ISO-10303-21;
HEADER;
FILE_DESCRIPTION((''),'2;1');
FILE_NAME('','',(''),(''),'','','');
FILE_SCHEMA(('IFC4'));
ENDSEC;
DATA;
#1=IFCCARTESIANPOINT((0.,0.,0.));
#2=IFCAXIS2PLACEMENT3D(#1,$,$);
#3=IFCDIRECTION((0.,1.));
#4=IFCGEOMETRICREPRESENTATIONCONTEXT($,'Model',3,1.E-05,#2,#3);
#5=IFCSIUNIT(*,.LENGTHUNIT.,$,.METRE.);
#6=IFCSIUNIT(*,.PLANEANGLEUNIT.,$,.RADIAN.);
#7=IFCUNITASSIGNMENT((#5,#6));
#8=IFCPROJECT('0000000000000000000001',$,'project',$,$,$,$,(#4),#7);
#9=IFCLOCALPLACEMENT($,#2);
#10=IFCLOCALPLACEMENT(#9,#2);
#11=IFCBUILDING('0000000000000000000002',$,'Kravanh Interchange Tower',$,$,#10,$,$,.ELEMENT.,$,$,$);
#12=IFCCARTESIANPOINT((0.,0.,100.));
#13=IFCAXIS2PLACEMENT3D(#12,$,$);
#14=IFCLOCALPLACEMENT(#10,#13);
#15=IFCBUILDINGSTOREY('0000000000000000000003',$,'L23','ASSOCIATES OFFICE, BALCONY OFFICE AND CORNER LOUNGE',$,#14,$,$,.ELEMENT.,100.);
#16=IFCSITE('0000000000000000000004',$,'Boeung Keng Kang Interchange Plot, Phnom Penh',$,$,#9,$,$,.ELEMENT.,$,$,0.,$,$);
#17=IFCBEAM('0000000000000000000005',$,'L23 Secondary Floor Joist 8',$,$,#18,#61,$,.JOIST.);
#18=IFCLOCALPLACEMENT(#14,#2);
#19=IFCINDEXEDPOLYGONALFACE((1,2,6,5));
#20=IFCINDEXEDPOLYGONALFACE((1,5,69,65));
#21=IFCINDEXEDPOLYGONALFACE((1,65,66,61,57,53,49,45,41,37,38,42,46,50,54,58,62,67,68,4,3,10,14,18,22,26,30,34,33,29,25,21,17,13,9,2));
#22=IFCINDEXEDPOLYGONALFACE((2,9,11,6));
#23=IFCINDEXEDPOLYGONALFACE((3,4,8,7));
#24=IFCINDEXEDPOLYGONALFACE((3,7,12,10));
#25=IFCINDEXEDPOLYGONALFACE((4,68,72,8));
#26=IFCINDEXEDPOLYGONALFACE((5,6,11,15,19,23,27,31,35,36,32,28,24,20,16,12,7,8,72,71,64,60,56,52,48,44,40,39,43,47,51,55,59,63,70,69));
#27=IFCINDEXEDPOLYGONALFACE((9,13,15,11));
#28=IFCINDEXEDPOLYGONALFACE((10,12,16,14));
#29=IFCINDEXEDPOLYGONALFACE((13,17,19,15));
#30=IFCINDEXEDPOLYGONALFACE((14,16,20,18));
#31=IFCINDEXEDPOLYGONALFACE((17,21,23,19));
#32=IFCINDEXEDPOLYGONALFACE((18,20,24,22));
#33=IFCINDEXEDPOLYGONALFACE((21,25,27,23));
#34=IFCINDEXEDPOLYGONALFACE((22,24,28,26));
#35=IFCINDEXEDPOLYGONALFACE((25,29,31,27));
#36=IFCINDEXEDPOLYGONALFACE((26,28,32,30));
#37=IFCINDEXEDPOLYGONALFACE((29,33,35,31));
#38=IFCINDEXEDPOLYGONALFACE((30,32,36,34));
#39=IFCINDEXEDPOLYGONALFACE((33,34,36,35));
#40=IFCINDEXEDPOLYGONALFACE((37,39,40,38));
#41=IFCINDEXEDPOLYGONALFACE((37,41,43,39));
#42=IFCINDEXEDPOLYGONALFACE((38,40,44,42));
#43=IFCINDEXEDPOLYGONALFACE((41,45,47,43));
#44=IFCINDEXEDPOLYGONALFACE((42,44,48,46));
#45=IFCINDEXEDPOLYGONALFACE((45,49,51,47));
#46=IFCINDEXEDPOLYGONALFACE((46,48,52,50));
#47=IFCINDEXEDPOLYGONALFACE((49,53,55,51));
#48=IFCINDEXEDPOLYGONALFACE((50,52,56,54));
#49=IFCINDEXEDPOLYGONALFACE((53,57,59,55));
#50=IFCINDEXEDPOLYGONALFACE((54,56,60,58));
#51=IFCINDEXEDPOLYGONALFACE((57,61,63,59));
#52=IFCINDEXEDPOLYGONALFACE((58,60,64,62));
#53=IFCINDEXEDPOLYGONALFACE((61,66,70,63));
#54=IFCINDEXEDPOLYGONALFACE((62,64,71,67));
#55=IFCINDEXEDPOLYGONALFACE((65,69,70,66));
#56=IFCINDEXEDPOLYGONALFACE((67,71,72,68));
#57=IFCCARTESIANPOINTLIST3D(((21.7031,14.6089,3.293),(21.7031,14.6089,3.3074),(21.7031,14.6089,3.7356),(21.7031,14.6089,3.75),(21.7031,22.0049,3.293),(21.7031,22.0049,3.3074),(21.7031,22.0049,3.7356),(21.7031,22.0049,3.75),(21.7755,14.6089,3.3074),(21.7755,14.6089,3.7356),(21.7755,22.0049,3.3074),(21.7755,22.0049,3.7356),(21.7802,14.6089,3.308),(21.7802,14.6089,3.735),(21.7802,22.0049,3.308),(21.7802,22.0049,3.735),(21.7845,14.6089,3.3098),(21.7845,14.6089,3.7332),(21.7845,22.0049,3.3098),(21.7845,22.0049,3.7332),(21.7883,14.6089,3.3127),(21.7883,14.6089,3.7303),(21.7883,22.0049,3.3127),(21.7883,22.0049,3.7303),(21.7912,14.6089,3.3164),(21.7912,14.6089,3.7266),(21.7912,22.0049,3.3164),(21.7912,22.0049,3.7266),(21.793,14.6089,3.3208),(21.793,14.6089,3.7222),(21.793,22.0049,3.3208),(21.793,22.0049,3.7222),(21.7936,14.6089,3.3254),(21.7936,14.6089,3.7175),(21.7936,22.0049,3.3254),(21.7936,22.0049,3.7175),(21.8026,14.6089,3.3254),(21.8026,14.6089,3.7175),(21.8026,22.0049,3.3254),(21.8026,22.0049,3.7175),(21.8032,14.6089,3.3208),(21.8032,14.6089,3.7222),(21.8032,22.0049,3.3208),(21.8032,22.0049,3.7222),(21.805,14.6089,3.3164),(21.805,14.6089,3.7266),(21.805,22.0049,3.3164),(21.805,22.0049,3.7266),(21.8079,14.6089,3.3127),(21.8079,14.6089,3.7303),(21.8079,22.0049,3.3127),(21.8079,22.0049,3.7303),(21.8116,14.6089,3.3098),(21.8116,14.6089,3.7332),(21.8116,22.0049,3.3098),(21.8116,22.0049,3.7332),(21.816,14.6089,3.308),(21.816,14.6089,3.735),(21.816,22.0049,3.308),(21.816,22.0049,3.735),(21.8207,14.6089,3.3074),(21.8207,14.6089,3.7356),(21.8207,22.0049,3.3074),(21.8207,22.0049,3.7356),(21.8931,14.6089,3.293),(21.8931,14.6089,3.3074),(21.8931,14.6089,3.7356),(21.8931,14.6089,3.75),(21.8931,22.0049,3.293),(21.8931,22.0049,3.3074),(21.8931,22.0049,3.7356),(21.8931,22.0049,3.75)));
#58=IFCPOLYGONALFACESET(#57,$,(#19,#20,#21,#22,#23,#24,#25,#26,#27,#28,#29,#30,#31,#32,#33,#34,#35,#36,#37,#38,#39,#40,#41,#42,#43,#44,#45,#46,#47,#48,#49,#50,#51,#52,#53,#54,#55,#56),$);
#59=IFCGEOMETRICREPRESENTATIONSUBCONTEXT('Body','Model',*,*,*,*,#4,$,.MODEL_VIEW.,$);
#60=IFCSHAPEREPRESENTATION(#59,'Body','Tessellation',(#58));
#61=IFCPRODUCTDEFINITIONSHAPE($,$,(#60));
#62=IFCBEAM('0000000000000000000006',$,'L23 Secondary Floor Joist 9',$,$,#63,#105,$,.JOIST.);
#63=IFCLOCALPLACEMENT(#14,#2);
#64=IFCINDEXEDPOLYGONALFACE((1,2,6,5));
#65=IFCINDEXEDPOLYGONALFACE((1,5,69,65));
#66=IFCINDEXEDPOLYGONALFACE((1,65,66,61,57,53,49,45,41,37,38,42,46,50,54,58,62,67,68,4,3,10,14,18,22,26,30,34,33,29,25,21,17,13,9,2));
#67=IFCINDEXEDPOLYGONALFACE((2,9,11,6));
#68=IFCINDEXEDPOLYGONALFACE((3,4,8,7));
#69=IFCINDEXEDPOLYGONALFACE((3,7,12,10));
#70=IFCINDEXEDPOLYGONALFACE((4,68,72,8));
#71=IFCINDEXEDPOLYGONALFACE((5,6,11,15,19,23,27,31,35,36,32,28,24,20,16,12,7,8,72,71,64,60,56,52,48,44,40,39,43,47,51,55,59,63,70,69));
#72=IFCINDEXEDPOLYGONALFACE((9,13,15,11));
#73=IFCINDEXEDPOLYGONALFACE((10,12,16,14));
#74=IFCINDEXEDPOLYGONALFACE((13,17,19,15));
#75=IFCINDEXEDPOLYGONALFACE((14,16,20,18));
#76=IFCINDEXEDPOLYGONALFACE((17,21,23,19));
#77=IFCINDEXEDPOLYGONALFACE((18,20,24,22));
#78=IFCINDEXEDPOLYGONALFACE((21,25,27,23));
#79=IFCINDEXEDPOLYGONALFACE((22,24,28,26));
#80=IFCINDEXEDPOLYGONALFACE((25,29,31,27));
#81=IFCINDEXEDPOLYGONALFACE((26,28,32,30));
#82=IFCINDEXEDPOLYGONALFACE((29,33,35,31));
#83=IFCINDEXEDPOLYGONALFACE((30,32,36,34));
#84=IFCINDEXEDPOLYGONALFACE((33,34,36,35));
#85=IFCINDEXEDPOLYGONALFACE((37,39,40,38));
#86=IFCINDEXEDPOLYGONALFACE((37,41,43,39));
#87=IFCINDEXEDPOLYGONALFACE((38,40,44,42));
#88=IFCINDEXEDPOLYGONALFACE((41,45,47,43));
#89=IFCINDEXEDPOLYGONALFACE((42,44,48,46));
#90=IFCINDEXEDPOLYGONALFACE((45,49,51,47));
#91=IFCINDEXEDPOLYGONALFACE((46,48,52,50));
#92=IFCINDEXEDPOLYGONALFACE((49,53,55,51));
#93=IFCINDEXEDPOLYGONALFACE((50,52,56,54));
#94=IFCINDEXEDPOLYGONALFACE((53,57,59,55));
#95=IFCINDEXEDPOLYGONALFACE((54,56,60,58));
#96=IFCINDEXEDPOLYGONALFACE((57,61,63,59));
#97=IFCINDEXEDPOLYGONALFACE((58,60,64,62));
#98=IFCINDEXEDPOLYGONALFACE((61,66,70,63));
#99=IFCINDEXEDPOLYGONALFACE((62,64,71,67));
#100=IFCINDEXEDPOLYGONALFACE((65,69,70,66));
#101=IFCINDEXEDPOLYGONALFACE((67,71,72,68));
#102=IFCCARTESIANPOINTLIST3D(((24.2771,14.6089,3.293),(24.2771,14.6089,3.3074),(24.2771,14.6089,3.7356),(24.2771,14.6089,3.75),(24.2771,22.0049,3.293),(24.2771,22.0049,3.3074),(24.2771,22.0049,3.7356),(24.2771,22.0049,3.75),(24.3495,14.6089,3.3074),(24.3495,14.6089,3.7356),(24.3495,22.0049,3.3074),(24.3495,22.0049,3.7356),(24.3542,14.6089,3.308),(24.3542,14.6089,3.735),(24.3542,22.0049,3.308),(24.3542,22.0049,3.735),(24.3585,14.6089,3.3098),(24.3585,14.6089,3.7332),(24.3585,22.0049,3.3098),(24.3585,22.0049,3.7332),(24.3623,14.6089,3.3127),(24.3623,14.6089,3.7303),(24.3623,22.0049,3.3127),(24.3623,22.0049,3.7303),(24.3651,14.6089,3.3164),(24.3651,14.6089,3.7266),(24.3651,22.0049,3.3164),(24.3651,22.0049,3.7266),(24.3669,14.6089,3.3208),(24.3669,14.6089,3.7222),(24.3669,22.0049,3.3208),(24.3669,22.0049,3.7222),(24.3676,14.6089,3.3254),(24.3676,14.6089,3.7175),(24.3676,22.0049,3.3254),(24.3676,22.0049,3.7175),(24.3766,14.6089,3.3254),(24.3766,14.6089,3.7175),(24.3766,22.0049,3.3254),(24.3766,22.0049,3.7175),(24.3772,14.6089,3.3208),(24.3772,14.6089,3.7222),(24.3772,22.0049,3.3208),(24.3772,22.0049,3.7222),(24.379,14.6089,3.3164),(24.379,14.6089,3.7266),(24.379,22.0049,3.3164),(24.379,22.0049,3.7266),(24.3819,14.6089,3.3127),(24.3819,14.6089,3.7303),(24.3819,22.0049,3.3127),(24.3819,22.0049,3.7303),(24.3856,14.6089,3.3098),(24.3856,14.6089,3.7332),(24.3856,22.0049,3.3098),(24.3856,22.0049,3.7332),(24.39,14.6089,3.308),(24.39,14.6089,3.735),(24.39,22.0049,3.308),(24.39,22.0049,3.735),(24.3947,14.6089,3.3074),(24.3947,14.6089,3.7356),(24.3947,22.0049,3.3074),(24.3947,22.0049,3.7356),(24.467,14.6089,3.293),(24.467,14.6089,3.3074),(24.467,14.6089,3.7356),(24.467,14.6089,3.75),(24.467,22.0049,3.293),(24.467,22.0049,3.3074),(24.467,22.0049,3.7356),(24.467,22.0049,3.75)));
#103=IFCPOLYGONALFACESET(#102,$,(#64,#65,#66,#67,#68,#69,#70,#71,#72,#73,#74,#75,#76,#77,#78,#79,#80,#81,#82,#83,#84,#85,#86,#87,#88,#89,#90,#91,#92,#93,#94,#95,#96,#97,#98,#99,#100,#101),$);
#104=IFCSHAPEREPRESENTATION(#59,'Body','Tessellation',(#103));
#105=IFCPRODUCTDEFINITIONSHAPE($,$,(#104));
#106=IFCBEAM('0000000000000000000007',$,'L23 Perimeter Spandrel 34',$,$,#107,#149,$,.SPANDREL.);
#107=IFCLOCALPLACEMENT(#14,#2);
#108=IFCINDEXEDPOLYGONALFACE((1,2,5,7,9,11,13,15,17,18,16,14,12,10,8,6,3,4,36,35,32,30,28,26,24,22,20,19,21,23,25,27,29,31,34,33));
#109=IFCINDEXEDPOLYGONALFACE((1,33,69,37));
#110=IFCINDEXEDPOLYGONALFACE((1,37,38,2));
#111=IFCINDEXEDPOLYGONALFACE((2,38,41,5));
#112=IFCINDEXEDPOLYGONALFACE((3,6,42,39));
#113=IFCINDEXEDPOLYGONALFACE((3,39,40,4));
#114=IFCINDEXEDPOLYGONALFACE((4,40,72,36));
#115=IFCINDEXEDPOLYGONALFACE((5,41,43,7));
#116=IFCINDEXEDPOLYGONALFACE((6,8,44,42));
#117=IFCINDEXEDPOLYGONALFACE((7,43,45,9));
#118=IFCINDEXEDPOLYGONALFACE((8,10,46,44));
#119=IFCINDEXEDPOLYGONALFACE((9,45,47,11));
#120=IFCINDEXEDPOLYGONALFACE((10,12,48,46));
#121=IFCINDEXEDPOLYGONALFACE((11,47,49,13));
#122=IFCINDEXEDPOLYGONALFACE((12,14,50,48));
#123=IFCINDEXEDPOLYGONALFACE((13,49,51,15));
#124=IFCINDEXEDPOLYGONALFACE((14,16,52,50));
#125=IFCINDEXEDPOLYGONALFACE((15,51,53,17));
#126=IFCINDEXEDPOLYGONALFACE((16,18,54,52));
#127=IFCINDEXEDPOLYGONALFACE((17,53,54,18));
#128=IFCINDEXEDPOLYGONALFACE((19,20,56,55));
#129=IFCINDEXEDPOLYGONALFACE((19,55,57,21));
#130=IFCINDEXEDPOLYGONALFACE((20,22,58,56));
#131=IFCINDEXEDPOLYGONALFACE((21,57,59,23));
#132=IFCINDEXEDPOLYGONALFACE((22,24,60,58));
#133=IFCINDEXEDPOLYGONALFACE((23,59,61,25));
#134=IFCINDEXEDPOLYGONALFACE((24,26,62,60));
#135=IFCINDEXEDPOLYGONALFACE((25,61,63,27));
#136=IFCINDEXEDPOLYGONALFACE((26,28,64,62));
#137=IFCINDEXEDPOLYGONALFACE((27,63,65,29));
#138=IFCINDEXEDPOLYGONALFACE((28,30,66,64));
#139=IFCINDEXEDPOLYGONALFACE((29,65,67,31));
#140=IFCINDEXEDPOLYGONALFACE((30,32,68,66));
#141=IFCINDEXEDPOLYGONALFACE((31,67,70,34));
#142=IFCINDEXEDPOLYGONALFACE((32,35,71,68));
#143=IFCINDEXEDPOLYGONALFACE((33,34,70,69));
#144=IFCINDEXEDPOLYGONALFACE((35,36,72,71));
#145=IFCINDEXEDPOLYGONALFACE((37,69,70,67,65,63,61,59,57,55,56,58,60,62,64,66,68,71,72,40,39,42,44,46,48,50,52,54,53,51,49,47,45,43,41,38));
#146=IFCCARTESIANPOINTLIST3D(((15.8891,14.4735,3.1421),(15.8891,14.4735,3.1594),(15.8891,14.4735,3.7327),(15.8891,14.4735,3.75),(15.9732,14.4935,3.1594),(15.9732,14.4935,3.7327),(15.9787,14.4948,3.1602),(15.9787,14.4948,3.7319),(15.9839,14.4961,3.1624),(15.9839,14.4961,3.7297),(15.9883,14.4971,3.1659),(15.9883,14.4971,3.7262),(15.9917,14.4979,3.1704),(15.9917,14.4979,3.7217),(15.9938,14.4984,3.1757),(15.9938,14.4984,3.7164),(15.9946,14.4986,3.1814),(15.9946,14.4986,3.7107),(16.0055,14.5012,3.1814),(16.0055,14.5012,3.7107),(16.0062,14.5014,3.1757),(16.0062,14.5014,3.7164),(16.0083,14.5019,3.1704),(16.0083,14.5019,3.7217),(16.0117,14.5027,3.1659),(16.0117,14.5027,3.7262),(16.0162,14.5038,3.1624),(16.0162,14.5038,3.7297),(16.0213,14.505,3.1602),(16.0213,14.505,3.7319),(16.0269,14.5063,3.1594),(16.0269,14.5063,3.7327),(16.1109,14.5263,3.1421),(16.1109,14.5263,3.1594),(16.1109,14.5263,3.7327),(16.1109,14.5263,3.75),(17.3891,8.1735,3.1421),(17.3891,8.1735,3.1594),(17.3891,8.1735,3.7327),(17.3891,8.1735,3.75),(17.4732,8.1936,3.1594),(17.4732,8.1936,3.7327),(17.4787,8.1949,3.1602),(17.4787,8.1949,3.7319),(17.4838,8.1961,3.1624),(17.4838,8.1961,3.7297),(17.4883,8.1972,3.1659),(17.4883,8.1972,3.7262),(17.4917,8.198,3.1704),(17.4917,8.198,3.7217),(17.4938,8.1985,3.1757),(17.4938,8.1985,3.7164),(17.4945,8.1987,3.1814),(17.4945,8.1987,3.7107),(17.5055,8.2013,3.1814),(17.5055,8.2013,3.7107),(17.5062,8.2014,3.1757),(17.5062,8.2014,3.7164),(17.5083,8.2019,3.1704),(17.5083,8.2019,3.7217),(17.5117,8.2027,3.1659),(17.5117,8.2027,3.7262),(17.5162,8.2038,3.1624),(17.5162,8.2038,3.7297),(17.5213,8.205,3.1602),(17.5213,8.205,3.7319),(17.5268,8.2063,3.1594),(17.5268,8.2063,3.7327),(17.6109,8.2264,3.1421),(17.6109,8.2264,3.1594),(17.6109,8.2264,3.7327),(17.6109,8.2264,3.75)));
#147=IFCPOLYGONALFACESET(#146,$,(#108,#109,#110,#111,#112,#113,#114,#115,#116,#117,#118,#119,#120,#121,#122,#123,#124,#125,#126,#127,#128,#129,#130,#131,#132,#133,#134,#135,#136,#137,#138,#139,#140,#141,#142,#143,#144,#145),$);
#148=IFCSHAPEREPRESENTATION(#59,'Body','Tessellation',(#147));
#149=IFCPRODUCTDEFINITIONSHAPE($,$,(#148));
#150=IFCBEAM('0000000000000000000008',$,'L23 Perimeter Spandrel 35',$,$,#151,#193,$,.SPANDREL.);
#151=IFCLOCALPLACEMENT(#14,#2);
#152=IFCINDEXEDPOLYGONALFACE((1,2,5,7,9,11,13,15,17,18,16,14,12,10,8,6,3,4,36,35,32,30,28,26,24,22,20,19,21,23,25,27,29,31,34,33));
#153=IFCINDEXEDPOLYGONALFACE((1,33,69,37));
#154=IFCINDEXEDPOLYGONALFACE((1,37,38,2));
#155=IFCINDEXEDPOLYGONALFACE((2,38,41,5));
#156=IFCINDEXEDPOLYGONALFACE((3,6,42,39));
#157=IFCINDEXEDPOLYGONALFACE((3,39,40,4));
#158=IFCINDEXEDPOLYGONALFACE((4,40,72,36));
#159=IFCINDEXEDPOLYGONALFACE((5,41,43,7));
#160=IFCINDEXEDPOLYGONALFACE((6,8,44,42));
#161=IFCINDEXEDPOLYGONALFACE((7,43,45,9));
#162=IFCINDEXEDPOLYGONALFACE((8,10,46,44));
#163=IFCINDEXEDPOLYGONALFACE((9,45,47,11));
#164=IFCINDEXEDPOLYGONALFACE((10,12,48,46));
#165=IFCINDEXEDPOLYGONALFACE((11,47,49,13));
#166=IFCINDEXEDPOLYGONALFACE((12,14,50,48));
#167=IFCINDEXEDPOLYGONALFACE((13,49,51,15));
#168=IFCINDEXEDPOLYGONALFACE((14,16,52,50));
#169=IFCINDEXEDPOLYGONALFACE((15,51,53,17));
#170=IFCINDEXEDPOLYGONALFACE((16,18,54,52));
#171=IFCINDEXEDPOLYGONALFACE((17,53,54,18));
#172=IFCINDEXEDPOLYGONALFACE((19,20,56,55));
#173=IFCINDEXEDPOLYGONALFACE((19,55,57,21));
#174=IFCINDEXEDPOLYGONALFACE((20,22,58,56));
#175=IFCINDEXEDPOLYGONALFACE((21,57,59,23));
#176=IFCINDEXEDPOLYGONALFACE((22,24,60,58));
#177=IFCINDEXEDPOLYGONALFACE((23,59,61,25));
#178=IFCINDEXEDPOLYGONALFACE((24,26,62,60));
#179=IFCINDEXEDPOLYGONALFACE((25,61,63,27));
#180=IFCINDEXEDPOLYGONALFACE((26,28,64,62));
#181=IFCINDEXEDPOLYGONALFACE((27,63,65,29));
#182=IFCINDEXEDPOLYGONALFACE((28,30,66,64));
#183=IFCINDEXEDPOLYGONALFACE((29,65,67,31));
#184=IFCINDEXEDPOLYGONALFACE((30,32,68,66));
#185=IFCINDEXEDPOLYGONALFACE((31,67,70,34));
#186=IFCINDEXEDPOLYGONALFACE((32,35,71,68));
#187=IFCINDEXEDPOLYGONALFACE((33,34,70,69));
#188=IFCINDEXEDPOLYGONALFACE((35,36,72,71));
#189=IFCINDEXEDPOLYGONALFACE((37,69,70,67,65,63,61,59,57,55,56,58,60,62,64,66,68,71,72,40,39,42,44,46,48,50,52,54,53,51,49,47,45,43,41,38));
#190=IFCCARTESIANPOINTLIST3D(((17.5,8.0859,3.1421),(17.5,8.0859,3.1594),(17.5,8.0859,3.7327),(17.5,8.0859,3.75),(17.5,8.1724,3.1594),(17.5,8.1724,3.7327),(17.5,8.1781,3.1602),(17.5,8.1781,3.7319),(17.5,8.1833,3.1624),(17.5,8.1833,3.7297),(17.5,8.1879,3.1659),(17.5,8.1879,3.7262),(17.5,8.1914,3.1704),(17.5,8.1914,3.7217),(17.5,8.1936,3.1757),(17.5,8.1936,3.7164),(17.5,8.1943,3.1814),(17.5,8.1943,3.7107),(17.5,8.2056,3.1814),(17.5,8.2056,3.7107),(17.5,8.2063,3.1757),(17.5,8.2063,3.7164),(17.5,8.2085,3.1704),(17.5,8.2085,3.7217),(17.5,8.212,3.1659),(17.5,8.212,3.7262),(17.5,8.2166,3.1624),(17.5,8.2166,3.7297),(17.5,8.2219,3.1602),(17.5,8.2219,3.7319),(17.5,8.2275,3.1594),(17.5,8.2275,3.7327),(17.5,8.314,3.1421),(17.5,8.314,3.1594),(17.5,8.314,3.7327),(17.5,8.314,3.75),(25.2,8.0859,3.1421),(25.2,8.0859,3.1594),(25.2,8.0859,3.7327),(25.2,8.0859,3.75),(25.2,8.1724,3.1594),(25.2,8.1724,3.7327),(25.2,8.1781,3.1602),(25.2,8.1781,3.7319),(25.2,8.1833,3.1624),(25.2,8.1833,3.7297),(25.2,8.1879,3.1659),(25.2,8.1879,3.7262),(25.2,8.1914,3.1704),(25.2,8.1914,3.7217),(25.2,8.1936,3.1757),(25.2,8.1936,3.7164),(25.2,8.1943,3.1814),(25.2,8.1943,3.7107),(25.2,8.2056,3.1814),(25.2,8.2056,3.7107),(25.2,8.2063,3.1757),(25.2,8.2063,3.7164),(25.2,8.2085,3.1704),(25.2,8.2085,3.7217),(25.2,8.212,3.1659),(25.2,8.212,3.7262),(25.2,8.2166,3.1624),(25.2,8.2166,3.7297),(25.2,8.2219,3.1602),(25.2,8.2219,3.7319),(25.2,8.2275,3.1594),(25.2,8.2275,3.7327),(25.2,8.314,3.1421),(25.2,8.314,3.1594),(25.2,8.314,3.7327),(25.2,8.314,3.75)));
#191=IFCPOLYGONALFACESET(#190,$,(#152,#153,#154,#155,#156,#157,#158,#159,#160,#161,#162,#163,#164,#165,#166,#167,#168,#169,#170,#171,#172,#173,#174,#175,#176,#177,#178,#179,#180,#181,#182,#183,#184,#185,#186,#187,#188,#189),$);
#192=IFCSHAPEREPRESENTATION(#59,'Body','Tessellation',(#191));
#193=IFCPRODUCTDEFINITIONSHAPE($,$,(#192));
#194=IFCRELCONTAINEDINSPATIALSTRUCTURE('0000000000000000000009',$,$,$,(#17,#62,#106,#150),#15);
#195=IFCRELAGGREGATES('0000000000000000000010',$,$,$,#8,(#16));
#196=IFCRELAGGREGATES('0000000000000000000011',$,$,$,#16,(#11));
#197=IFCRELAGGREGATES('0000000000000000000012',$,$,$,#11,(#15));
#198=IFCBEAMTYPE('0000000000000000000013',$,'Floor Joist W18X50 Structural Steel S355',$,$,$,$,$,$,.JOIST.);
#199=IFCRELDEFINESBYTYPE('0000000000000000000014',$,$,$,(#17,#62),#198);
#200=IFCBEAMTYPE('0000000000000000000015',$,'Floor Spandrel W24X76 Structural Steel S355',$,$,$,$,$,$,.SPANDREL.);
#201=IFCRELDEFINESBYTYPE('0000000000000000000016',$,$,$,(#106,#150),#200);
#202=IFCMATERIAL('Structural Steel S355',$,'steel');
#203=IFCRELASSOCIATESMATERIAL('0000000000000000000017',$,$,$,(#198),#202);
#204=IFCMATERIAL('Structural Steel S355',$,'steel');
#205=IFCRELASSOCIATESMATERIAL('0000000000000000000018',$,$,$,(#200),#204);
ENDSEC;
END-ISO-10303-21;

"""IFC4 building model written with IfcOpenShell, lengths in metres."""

from ifc_helpers import new_model, si_unit, direction, frame, origin, origin_2d, place, context, subcontext, project, spatial, i_section, extrude, material, material_profile, profile_set, type_object, element, save


model = new_model("IFC4")

# Units and contexts
model_context = context("Model", 3, precision=1e-05, world=origin(), true_north=direction((0.0, 1.0)))
body_context = subcontext(model_context, "Body", "Model", "MODEL_VIEW")
ifc_project = project(units=[si_unit("LENGTHUNIT", "METRE"), si_unit("PLANEANGLEUNIT", "RADIAN")], contexts=[model_context])

# Site, building, storey
site_placement = place(None, origin())
site = spatial("IfcSite", under=ifc_project, at=site_placement, Name="Boeung Keng Kang Interchange Plot, Phnom Penh", CompositionType="ELEMENT", RefElevation=0.0)
building_placement = place(site_placement, origin())
building = spatial("IfcBuilding", under=site, at=building_placement, Name="Kravanh Interchange Tower", CompositionType="ELEMENT")
storey_placement = place(building_placement, frame((0.0, 0.0, 100.0)))
storey = spatial("IfcBuildingStorey", under=building, at=storey_placement, Name="L23", Description="ASSOCIATES OFFICE, BALCONY OFFICE AND CORNER LOUNGE", CompositionType="ELEMENT", Elevation=100.0)

# Beams
ifc_material_1 = material(Name="Structural Steel S355", Category="steel")
ifc_material_profile_1 = material_profile(ifc_material_1, i_section(OverallWidth=0.1899, OverallDepth=0.457, WebThickness=0.009, FlangeThickness=0.0144, FilletRadius=0.0181, at=origin_2d()), Name="W18X50")
ifc_profile_set_1 = profile_set([ifc_material_profile_1], Name="Structural Steel S355")
beam_type_1 = type_object("IfcBeamType", Name="Floor Joist W18X50 Structural Steel S355", PredefinedType="JOIST", material=ifc_profile_set_1)
for number, where, z_axis, x_axis, name in (
    (1, (21.7981, 14.6089, 3.5215), (0.0, 1.0, 0.0), (-1.0, 0.0, 0.0), "L23 Secondary Floor Joist 8"),
    (2, (24.3721, 14.6089, 3.5215), (0.0, 1.0, 0.0), (-1.0, 0.0, 0.0), "L23 Secondary Floor Joist 9"),
):
    element("IfcBeam", number, at=place(storey_placement, frame(where, z_axis=z_axis, x_axis=x_axis)), inside=storey, type_object=beam_type_1, Name=name, PredefinedType="JOIST", context=body_context, shape_type="SweptSolid", body=[
        extrude(i_section(OverallWidth=0.1899, OverallDepth=0.457, WebThickness=0.009, FlangeThickness=0.0144, FilletRadius=0.0181, at=origin_2d()), origin(), (0.0, 0.0, 1.0), 7.396),
    ])
ifc_material_2 = material(Name="Structural Steel S355", Category="steel")
ifc_material_profile_2 = material_profile(ifc_material_2, i_section(OverallWidth=0.228, OverallDepth=0.6079, WebThickness=0.0112, FlangeThickness=0.0173, FilletRadius=0.022, at=origin_2d()), Name="W24X76")
ifc_profile_set_2 = profile_set([ifc_material_profile_2], Name="Structural Steel S355")
beam_type_2 = type_object("IfcBeamType", Name="Floor Spandrel W24X76 Structural Steel S355", PredefinedType="SPANDREL", material=ifc_profile_set_2)
beam_1_placement = place(storey_placement, frame((17.5, 8.2, 3.446), z_axis=(-0.231619, 0.972807, 0.0), x_axis=(-0.972807, -0.231619, 0.0)))
element("IfcBeam", 3, at=beam_1_placement, inside=storey, type_object=beam_type_2, Name="L23 Perimeter Spandrel 34", PredefinedType="SPANDREL", context=body_context, shape_type="SweptSolid", body=[
    extrude(i_section(OverallWidth=0.228, OverallDepth=0.6079, WebThickness=0.0112, FlangeThickness=0.0173, FilletRadius=0.022, at=origin_2d()), origin(), (0.0, 0.0, 1.0), 6.4761),
])
beam_2_placement = place(storey_placement, frame((17.5, 8.2, 3.446), z_axis=(1.0, 0.0, 0.0), x_axis=(0.0, 1.0, 0.0)))
element("IfcBeam", 4, at=beam_2_placement, inside=storey, type_object=beam_type_2, Name="L23 Perimeter Spandrel 35", PredefinedType="SPANDREL", context=body_context, shape_type="SweptSolid", body=[
    extrude(i_section(OverallWidth=0.228, OverallDepth=0.6079, WebThickness=0.0112, FlangeThickness=0.0173, FilletRadius=0.022, at=origin_2d()), origin(), (0.0, 0.0, 1.0), 7.7),
])

save(model, "model.ifc")
